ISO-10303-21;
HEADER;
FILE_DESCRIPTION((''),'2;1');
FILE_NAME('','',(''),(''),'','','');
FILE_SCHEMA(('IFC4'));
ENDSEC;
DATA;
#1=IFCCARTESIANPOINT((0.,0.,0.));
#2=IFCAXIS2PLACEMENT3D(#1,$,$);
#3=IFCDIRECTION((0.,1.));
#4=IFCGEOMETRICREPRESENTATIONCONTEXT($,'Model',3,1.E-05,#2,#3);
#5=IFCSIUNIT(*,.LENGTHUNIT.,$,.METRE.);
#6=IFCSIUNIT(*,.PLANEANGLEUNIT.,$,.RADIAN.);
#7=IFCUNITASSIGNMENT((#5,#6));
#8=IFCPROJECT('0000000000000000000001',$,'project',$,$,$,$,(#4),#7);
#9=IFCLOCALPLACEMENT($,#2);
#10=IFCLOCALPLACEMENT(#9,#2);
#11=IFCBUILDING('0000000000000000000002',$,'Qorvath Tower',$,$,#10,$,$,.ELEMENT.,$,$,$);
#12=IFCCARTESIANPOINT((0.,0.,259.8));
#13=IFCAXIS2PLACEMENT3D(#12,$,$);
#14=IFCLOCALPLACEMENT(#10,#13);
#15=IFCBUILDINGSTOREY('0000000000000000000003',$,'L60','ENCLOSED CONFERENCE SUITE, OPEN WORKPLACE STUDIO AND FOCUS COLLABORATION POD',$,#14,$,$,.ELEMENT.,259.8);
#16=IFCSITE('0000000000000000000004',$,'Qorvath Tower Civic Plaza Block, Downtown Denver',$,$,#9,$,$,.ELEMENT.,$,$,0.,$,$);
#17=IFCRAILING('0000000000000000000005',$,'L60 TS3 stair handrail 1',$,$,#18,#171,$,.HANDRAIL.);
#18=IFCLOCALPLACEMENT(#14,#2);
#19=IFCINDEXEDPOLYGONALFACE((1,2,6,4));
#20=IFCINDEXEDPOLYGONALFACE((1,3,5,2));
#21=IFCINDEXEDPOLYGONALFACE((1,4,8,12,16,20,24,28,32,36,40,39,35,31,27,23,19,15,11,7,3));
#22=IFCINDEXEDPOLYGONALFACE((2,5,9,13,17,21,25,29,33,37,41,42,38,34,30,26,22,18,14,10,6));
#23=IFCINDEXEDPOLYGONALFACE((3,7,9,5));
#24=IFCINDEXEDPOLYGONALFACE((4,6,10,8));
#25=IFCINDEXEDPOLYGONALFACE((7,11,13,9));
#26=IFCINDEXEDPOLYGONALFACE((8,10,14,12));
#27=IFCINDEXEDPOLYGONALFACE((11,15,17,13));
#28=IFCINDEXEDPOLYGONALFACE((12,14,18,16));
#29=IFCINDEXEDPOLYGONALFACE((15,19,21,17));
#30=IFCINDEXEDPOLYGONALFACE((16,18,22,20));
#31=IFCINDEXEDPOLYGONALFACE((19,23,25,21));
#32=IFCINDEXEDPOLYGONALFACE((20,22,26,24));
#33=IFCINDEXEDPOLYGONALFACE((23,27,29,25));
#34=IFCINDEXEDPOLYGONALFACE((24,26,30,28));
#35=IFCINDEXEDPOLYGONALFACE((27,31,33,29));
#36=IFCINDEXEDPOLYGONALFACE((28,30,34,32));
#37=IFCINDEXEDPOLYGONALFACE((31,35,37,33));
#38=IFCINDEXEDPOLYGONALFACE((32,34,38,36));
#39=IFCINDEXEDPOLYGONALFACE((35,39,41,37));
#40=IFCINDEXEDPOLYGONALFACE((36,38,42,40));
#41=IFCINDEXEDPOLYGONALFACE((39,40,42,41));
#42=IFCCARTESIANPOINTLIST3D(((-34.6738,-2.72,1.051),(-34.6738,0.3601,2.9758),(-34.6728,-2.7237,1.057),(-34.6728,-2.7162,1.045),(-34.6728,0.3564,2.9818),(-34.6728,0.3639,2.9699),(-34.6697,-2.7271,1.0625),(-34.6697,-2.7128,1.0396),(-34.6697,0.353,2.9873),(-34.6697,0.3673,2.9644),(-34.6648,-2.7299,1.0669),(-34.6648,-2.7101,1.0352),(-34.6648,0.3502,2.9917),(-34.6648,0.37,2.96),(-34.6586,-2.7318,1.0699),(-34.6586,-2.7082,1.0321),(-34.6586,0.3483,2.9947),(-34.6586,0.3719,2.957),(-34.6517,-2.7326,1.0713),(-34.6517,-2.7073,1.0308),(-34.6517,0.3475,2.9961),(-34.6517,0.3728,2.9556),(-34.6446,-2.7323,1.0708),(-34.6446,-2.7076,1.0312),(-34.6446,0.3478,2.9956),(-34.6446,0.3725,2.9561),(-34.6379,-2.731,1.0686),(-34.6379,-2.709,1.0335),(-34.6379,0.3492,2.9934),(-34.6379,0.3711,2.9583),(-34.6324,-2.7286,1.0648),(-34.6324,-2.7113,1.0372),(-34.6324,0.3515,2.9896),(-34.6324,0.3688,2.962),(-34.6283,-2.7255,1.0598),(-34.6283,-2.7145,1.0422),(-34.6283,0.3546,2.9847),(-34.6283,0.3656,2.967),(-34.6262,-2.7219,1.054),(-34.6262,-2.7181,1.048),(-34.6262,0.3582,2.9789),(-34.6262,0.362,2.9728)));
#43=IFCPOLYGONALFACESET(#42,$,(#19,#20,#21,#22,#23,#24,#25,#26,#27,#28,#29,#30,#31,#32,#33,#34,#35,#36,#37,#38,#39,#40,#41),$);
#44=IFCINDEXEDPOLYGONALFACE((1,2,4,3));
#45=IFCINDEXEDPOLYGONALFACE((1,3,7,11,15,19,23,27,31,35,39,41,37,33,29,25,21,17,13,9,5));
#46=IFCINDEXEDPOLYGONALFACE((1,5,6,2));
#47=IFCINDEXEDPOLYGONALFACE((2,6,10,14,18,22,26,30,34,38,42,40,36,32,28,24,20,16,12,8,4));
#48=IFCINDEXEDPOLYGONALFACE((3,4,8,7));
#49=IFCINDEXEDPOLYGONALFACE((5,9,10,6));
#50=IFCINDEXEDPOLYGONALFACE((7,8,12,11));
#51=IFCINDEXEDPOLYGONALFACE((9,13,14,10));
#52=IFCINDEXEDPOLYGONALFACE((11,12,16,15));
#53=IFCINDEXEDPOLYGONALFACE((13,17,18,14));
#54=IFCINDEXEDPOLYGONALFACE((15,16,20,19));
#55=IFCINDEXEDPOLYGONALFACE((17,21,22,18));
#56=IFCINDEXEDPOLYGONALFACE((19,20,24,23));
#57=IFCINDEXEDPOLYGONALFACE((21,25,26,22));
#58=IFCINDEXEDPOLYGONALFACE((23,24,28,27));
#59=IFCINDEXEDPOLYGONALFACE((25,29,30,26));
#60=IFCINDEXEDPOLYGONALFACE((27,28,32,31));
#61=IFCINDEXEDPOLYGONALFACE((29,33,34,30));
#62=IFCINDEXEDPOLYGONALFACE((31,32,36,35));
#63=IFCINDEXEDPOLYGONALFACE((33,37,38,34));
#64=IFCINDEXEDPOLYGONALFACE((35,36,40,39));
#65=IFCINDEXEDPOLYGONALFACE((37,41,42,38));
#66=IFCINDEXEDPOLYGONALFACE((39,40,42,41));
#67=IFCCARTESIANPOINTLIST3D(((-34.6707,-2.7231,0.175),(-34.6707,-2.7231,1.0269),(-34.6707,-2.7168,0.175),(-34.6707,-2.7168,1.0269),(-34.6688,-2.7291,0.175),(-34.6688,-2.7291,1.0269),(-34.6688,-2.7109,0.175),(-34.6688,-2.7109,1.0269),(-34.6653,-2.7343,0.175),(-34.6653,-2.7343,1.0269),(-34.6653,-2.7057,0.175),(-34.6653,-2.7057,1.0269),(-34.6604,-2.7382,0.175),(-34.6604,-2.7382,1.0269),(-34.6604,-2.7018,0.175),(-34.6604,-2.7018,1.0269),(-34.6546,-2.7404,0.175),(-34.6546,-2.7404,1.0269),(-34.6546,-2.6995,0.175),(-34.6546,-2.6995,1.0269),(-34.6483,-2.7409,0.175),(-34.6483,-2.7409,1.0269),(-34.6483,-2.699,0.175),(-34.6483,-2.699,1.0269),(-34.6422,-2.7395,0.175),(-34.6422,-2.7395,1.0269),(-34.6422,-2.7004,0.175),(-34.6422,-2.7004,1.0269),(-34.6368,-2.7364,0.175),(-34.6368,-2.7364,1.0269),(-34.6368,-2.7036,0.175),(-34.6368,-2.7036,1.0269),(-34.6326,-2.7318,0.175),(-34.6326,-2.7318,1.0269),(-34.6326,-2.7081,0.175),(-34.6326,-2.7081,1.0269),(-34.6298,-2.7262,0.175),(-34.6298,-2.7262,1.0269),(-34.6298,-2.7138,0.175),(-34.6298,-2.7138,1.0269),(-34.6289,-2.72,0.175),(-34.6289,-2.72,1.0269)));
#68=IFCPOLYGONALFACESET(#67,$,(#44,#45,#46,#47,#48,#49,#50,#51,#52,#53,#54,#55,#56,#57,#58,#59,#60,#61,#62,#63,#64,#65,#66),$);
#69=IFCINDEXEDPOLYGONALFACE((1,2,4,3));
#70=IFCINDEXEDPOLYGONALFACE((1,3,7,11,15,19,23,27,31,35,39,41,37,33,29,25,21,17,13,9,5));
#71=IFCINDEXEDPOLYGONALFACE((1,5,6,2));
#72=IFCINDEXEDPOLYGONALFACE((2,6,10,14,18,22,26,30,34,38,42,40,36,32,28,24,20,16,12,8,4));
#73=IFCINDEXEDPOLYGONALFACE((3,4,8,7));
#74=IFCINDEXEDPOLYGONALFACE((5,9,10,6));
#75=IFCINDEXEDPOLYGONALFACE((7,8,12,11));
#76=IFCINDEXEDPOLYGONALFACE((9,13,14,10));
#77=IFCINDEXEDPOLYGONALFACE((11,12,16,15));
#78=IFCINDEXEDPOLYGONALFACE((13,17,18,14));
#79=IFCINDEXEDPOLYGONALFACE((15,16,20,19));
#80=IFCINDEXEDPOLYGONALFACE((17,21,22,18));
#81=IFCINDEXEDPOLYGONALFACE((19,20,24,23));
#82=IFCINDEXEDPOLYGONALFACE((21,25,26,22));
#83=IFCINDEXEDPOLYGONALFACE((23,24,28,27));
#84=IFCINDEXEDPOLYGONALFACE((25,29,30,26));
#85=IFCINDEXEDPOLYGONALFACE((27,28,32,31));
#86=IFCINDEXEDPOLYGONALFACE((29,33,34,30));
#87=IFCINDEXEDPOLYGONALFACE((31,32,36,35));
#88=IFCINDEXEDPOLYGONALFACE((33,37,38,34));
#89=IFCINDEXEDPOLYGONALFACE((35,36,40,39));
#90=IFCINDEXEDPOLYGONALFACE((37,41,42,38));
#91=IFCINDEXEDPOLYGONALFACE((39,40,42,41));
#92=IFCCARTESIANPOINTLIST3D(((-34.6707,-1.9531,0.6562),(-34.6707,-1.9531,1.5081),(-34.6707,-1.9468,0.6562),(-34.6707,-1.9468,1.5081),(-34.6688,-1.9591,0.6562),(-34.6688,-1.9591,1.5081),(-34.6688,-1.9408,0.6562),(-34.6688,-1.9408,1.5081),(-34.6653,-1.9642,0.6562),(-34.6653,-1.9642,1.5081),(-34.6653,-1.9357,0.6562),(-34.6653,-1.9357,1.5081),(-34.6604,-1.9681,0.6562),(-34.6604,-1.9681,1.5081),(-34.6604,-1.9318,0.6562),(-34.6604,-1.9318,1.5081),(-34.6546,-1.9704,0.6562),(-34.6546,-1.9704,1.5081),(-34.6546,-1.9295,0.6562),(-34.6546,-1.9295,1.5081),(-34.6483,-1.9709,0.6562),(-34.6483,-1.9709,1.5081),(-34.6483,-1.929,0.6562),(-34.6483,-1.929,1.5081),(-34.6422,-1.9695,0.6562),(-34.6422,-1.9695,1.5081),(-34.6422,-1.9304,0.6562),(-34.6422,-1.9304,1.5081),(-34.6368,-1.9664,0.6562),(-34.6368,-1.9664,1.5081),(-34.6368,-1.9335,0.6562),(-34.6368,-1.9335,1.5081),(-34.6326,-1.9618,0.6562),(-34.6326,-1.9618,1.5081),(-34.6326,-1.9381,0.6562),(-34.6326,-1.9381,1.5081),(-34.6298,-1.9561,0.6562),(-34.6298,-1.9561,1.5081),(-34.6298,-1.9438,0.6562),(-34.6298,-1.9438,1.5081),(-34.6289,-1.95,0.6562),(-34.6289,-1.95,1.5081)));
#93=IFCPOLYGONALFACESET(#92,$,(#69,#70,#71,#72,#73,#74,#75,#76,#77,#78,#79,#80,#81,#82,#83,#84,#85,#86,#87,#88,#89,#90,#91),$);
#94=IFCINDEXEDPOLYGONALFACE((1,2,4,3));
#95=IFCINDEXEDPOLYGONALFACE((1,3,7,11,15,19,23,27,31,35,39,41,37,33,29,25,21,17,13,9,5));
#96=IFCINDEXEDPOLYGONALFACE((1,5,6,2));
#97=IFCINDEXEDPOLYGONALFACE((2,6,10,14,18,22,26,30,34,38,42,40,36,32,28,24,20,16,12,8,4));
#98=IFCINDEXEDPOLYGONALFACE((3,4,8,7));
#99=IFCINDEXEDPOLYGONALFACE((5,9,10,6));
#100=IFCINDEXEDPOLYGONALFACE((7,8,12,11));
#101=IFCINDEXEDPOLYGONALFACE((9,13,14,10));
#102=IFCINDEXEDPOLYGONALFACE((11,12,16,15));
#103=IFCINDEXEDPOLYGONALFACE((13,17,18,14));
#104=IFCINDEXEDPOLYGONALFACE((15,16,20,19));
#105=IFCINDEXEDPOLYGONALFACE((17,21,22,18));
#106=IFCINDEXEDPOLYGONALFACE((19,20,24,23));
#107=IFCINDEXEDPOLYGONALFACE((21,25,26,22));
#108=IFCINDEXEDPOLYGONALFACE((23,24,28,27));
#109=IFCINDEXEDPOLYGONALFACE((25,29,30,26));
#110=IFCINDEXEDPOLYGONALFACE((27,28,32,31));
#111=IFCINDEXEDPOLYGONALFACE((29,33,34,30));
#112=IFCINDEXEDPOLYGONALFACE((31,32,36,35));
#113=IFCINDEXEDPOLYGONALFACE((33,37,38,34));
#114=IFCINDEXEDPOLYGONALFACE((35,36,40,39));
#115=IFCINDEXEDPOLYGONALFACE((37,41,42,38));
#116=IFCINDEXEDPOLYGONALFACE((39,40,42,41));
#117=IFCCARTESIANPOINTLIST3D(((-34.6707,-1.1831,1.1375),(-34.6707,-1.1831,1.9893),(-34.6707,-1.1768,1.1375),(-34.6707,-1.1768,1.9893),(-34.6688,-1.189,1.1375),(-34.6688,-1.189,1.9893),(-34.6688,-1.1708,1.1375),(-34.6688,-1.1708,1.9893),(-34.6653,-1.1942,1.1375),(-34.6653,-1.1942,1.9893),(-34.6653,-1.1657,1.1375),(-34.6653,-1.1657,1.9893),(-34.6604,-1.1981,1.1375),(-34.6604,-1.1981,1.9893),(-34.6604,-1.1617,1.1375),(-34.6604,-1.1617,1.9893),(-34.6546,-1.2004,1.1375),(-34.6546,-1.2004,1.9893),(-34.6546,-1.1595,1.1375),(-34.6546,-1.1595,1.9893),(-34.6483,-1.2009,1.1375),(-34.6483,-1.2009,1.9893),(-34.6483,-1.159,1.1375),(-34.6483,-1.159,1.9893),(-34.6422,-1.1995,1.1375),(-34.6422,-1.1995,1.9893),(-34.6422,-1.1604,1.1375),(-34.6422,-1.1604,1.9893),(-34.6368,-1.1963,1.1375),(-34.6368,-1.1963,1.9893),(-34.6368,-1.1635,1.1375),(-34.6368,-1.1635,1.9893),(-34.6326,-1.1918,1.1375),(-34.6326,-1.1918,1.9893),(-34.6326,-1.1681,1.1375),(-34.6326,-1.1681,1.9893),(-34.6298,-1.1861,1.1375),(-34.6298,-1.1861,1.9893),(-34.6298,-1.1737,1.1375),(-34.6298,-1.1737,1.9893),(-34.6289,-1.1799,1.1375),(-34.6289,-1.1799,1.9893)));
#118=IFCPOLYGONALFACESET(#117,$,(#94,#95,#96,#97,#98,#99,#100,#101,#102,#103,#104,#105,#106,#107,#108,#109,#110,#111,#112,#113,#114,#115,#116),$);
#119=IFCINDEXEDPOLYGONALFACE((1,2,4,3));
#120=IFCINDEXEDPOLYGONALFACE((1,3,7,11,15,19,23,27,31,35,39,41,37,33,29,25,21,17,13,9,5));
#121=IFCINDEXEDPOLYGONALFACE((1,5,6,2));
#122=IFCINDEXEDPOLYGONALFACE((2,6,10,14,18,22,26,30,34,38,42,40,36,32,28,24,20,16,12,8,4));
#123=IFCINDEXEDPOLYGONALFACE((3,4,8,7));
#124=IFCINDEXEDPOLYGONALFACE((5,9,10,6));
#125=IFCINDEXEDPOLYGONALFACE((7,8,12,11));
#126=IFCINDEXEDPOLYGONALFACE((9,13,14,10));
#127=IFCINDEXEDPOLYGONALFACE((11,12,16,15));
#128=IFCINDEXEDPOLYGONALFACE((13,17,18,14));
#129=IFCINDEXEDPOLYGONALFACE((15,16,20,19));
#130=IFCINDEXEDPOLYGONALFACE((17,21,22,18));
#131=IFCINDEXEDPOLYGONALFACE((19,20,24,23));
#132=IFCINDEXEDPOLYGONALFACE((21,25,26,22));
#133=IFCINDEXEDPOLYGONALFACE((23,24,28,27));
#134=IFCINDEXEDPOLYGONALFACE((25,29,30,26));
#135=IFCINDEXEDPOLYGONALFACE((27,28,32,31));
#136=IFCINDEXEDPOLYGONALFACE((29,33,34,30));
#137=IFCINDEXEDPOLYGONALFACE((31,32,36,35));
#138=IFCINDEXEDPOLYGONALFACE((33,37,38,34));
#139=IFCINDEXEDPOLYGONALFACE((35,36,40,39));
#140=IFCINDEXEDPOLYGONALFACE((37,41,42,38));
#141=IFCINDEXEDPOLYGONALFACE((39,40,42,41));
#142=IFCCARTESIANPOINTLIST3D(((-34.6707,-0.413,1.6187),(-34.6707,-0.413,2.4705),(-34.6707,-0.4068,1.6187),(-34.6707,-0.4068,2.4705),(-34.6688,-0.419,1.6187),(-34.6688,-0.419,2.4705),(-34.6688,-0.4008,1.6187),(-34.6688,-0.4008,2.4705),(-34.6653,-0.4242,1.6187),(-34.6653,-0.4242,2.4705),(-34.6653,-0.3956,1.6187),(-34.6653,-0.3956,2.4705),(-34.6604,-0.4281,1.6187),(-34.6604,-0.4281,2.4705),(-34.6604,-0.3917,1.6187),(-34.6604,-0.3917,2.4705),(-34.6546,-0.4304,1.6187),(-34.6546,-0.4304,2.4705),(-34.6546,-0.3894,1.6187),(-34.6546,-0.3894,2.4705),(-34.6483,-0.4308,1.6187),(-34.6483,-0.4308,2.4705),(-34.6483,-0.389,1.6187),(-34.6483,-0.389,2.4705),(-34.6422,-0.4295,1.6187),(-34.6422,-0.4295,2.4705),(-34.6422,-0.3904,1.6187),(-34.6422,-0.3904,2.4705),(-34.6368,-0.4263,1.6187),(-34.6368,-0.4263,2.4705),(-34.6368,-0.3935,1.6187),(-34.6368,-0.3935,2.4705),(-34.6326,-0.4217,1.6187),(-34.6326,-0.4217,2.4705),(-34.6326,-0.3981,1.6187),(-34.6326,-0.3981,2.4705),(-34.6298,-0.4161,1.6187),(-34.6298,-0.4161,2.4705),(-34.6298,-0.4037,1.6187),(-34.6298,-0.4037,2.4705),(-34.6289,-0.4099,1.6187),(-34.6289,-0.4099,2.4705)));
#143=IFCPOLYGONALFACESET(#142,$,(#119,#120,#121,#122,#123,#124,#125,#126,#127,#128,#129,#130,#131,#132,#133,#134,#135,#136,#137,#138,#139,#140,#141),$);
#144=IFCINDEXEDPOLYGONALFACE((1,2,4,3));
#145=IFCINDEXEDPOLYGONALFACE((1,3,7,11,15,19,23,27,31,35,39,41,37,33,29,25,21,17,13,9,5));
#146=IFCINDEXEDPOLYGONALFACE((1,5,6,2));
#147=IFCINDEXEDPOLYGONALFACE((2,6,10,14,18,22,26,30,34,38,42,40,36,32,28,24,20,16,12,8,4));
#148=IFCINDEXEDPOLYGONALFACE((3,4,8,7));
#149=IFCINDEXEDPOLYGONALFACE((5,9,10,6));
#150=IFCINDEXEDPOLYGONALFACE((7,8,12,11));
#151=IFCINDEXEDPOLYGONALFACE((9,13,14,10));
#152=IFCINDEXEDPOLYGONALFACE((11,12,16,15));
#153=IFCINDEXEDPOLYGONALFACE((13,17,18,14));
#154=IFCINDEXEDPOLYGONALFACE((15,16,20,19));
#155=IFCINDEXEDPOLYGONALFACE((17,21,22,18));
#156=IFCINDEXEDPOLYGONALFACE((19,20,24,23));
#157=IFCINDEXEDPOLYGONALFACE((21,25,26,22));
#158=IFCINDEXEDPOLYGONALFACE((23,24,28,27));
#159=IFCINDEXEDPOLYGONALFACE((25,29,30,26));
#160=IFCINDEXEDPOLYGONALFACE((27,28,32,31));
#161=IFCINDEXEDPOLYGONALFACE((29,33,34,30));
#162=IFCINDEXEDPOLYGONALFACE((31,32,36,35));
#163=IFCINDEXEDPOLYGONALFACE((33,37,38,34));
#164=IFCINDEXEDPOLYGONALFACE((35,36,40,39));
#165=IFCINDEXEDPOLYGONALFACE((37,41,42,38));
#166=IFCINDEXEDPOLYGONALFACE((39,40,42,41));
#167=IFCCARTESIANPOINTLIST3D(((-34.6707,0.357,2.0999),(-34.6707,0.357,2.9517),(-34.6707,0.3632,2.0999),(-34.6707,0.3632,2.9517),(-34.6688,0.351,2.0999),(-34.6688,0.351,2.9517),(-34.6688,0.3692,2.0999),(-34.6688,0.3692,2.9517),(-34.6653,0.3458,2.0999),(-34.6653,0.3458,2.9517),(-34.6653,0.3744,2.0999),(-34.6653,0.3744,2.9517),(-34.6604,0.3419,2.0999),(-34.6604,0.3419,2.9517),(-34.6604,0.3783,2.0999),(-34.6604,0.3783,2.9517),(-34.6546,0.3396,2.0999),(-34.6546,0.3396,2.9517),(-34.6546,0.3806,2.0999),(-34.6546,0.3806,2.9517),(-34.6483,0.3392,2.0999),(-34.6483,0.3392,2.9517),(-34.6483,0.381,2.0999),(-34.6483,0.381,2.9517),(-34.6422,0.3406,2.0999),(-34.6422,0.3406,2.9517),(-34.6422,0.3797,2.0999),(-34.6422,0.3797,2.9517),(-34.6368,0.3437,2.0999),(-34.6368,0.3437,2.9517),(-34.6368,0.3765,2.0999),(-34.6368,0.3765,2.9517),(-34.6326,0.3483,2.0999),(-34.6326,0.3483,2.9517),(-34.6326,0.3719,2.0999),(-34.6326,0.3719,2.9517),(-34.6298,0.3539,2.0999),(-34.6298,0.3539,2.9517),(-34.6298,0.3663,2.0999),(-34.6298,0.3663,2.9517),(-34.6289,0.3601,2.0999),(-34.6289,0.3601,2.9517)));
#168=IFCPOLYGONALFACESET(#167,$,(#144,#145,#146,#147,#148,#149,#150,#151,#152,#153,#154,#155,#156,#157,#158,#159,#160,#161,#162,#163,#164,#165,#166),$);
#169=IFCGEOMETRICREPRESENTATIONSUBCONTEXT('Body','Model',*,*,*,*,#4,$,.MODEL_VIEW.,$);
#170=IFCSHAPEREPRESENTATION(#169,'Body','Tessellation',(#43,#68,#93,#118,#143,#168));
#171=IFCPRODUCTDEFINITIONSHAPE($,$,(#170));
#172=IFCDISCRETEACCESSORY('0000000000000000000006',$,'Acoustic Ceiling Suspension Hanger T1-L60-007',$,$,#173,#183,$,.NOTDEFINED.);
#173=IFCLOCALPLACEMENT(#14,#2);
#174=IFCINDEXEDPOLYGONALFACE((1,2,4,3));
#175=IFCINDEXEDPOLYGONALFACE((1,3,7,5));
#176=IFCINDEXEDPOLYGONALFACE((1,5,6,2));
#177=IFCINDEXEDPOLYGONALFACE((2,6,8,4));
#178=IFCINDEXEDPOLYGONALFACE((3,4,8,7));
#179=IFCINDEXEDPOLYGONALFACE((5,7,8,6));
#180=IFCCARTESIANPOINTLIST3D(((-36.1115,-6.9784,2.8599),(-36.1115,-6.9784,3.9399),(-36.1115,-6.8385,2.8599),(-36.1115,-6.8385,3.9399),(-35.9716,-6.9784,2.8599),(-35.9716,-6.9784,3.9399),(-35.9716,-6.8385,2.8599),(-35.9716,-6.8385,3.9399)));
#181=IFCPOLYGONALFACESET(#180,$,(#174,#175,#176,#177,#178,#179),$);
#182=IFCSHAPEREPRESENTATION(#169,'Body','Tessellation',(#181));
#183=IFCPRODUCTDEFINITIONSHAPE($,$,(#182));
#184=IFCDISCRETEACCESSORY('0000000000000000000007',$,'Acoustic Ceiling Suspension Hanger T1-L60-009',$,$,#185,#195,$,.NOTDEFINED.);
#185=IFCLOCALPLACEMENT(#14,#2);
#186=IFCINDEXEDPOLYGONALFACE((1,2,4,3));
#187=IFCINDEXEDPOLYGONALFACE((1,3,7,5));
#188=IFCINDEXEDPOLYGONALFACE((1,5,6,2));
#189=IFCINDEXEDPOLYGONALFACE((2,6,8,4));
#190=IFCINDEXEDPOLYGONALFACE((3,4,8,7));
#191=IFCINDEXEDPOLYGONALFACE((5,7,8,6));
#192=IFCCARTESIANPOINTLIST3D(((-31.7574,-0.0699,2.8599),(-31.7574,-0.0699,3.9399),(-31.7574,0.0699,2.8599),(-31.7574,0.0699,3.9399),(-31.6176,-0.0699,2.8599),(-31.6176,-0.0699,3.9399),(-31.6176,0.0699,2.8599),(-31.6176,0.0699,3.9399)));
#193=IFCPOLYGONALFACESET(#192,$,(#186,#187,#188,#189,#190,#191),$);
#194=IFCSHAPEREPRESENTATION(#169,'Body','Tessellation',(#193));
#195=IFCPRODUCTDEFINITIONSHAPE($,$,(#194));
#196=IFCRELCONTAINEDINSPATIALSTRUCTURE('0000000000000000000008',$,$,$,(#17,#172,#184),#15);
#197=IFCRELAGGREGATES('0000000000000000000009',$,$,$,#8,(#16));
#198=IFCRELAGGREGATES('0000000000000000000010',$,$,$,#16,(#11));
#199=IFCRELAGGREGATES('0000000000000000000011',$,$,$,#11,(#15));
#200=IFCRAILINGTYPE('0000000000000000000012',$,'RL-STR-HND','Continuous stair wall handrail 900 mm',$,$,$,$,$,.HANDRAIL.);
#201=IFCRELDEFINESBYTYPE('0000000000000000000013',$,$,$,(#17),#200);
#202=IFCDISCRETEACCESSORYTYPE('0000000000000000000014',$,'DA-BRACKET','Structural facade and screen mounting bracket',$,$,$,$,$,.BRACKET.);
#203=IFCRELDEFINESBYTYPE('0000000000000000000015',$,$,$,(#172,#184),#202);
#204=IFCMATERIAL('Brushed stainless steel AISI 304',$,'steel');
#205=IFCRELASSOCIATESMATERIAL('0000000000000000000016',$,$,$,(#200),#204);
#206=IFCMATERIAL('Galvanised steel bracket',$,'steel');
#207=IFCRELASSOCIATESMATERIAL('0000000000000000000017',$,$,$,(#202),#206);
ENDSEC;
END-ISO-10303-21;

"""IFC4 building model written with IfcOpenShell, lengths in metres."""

from ifc_helpers import new_model, si_unit, direction, frame, origin, origin_2d, place, context, subcontext, project, spatial, rectangle, circle, extrude, material, type_object, element, save


model = new_model("IFC4")

# Units and contexts
model_context = context("Model", 3, precision=1e-05, world=origin(), true_north=direction((0.0, 1.0)))
body_context = subcontext(model_context, "Body", "Model", "MODEL_VIEW")
ifc_project = project(units=[si_unit("LENGTHUNIT", "METRE"), si_unit("PLANEANGLEUNIT", "RADIAN")], contexts=[model_context])

# Site, building, storey
site_placement = place(None, origin())
site = spatial("IfcSite", under=ifc_project, at=site_placement, Name="Qorvath Tower Civic Plaza Block, Downtown Denver", CompositionType="ELEMENT", RefElevation=0.0)
building_placement = place(site_placement, origin())
building = spatial("IfcBuilding", under=site, at=building_placement, Name="Qorvath Tower", CompositionType="ELEMENT")
storey_placement = place(building_placement, frame((0.0, 0.0, 259.8)))
storey = spatial("IfcBuildingStorey", under=building, at=storey_placement, Name="L60", Description="ENCLOSED CONFERENCE SUITE, OPEN WORKPLACE STUDIO AND FOCUS COLLABORATION POD", CompositionType="ELEMENT", Elevation=259.8)

# Railing
ifc_material_1 = material(Name="Brushed stainless steel AISI 304", Category="steel")
railing_type_1 = type_object("IfcRailingType", Name="RL-STR-HND", Description="Continuous stair wall handrail 900 mm", PredefinedType="HANDRAIL", material=ifc_material_1)
railing_1_placement = place(storey_placement, frame((-34.6499, -2.72, 0.175)))
element("IfcRailing", 1, at=railing_1_placement, inside=storey, type_object=railing_type_1, Name="L60 TS3 stair handrail 1", PredefinedType="HANDRAIL", context=body_context, shape_type="SweptSolid", body=[
    extrude(circle(Radius=0.0239, at=origin_2d()), frame((0.0, 0.0, 0.876), z_axis=(0.0, 0.848029, 0.529951), x_axis=(-1.0, 0.0, 0.0)), (0.0, 0.0, 1.0), 3.6321),
    extrude(circle(Radius=0.021, at=origin_2d()), origin(), (0.0, 0.0, 1.0), 0.8518),
    extrude(circle(Radius=0.021, at=origin_2d()), frame((0.0, 0.77, 0.4812)), (0.0, 0.0, 1.0), 0.8518),
    extrude(circle(Radius=0.021, at=origin_2d()), frame((0.0, 1.54, 0.9624)), (0.0, 0.0, 1.0), 0.8518),
    extrude(circle(Radius=0.021, at=origin_2d()), frame((0.0, 2.3101, 1.4436)), (0.0, 0.0, 1.0), 0.8518),
    extrude(circle(Radius=0.021, at=origin_2d()), frame((0.0, 3.0801, 1.9248)), (0.0, 0.0, 1.0), 0.8518),
])

# Discrete accessories
ifc_material_2 = material(Name="Galvanised steel bracket", Category="steel")
discrete_accessory_type = type_object("IfcDiscreteAccessoryType", Name="DA-BRACKET", Description="Structural facade and screen mounting bracket", PredefinedType="BRACKET", material=ifc_material_2)
for number, where, z_axis, x_axis, name in (
    (2, (-36.0415, -6.9084, 2.8599), (0.0, 0.0, 1.0), (1.0, 0.0, 0.0), "Acoustic Ceiling Suspension Hanger T1-L60-007"),
    (3, (-31.6875, 0.0, 2.8599), (0.0, 0.0, 1.0), (1.0, 0.0, 0.0), "Acoustic Ceiling Suspension Hanger T1-L60-009"),
):
    element("IfcDiscreteAccessory", number, at=place(storey_placement, frame(where, z_axis=z_axis, x_axis=x_axis)), inside=storey, type_object=discrete_accessory_type, Name=name, PredefinedType="NOTDEFINED", context=body_context, shape_type="SweptSolid", body=[
        extrude(rectangle(XDim=0.1399, YDim=0.1399, at=origin_2d()), origin(), (0.0, 0.0, 1.0), 1.0801),
    ])

save(model, "model.ifc")
